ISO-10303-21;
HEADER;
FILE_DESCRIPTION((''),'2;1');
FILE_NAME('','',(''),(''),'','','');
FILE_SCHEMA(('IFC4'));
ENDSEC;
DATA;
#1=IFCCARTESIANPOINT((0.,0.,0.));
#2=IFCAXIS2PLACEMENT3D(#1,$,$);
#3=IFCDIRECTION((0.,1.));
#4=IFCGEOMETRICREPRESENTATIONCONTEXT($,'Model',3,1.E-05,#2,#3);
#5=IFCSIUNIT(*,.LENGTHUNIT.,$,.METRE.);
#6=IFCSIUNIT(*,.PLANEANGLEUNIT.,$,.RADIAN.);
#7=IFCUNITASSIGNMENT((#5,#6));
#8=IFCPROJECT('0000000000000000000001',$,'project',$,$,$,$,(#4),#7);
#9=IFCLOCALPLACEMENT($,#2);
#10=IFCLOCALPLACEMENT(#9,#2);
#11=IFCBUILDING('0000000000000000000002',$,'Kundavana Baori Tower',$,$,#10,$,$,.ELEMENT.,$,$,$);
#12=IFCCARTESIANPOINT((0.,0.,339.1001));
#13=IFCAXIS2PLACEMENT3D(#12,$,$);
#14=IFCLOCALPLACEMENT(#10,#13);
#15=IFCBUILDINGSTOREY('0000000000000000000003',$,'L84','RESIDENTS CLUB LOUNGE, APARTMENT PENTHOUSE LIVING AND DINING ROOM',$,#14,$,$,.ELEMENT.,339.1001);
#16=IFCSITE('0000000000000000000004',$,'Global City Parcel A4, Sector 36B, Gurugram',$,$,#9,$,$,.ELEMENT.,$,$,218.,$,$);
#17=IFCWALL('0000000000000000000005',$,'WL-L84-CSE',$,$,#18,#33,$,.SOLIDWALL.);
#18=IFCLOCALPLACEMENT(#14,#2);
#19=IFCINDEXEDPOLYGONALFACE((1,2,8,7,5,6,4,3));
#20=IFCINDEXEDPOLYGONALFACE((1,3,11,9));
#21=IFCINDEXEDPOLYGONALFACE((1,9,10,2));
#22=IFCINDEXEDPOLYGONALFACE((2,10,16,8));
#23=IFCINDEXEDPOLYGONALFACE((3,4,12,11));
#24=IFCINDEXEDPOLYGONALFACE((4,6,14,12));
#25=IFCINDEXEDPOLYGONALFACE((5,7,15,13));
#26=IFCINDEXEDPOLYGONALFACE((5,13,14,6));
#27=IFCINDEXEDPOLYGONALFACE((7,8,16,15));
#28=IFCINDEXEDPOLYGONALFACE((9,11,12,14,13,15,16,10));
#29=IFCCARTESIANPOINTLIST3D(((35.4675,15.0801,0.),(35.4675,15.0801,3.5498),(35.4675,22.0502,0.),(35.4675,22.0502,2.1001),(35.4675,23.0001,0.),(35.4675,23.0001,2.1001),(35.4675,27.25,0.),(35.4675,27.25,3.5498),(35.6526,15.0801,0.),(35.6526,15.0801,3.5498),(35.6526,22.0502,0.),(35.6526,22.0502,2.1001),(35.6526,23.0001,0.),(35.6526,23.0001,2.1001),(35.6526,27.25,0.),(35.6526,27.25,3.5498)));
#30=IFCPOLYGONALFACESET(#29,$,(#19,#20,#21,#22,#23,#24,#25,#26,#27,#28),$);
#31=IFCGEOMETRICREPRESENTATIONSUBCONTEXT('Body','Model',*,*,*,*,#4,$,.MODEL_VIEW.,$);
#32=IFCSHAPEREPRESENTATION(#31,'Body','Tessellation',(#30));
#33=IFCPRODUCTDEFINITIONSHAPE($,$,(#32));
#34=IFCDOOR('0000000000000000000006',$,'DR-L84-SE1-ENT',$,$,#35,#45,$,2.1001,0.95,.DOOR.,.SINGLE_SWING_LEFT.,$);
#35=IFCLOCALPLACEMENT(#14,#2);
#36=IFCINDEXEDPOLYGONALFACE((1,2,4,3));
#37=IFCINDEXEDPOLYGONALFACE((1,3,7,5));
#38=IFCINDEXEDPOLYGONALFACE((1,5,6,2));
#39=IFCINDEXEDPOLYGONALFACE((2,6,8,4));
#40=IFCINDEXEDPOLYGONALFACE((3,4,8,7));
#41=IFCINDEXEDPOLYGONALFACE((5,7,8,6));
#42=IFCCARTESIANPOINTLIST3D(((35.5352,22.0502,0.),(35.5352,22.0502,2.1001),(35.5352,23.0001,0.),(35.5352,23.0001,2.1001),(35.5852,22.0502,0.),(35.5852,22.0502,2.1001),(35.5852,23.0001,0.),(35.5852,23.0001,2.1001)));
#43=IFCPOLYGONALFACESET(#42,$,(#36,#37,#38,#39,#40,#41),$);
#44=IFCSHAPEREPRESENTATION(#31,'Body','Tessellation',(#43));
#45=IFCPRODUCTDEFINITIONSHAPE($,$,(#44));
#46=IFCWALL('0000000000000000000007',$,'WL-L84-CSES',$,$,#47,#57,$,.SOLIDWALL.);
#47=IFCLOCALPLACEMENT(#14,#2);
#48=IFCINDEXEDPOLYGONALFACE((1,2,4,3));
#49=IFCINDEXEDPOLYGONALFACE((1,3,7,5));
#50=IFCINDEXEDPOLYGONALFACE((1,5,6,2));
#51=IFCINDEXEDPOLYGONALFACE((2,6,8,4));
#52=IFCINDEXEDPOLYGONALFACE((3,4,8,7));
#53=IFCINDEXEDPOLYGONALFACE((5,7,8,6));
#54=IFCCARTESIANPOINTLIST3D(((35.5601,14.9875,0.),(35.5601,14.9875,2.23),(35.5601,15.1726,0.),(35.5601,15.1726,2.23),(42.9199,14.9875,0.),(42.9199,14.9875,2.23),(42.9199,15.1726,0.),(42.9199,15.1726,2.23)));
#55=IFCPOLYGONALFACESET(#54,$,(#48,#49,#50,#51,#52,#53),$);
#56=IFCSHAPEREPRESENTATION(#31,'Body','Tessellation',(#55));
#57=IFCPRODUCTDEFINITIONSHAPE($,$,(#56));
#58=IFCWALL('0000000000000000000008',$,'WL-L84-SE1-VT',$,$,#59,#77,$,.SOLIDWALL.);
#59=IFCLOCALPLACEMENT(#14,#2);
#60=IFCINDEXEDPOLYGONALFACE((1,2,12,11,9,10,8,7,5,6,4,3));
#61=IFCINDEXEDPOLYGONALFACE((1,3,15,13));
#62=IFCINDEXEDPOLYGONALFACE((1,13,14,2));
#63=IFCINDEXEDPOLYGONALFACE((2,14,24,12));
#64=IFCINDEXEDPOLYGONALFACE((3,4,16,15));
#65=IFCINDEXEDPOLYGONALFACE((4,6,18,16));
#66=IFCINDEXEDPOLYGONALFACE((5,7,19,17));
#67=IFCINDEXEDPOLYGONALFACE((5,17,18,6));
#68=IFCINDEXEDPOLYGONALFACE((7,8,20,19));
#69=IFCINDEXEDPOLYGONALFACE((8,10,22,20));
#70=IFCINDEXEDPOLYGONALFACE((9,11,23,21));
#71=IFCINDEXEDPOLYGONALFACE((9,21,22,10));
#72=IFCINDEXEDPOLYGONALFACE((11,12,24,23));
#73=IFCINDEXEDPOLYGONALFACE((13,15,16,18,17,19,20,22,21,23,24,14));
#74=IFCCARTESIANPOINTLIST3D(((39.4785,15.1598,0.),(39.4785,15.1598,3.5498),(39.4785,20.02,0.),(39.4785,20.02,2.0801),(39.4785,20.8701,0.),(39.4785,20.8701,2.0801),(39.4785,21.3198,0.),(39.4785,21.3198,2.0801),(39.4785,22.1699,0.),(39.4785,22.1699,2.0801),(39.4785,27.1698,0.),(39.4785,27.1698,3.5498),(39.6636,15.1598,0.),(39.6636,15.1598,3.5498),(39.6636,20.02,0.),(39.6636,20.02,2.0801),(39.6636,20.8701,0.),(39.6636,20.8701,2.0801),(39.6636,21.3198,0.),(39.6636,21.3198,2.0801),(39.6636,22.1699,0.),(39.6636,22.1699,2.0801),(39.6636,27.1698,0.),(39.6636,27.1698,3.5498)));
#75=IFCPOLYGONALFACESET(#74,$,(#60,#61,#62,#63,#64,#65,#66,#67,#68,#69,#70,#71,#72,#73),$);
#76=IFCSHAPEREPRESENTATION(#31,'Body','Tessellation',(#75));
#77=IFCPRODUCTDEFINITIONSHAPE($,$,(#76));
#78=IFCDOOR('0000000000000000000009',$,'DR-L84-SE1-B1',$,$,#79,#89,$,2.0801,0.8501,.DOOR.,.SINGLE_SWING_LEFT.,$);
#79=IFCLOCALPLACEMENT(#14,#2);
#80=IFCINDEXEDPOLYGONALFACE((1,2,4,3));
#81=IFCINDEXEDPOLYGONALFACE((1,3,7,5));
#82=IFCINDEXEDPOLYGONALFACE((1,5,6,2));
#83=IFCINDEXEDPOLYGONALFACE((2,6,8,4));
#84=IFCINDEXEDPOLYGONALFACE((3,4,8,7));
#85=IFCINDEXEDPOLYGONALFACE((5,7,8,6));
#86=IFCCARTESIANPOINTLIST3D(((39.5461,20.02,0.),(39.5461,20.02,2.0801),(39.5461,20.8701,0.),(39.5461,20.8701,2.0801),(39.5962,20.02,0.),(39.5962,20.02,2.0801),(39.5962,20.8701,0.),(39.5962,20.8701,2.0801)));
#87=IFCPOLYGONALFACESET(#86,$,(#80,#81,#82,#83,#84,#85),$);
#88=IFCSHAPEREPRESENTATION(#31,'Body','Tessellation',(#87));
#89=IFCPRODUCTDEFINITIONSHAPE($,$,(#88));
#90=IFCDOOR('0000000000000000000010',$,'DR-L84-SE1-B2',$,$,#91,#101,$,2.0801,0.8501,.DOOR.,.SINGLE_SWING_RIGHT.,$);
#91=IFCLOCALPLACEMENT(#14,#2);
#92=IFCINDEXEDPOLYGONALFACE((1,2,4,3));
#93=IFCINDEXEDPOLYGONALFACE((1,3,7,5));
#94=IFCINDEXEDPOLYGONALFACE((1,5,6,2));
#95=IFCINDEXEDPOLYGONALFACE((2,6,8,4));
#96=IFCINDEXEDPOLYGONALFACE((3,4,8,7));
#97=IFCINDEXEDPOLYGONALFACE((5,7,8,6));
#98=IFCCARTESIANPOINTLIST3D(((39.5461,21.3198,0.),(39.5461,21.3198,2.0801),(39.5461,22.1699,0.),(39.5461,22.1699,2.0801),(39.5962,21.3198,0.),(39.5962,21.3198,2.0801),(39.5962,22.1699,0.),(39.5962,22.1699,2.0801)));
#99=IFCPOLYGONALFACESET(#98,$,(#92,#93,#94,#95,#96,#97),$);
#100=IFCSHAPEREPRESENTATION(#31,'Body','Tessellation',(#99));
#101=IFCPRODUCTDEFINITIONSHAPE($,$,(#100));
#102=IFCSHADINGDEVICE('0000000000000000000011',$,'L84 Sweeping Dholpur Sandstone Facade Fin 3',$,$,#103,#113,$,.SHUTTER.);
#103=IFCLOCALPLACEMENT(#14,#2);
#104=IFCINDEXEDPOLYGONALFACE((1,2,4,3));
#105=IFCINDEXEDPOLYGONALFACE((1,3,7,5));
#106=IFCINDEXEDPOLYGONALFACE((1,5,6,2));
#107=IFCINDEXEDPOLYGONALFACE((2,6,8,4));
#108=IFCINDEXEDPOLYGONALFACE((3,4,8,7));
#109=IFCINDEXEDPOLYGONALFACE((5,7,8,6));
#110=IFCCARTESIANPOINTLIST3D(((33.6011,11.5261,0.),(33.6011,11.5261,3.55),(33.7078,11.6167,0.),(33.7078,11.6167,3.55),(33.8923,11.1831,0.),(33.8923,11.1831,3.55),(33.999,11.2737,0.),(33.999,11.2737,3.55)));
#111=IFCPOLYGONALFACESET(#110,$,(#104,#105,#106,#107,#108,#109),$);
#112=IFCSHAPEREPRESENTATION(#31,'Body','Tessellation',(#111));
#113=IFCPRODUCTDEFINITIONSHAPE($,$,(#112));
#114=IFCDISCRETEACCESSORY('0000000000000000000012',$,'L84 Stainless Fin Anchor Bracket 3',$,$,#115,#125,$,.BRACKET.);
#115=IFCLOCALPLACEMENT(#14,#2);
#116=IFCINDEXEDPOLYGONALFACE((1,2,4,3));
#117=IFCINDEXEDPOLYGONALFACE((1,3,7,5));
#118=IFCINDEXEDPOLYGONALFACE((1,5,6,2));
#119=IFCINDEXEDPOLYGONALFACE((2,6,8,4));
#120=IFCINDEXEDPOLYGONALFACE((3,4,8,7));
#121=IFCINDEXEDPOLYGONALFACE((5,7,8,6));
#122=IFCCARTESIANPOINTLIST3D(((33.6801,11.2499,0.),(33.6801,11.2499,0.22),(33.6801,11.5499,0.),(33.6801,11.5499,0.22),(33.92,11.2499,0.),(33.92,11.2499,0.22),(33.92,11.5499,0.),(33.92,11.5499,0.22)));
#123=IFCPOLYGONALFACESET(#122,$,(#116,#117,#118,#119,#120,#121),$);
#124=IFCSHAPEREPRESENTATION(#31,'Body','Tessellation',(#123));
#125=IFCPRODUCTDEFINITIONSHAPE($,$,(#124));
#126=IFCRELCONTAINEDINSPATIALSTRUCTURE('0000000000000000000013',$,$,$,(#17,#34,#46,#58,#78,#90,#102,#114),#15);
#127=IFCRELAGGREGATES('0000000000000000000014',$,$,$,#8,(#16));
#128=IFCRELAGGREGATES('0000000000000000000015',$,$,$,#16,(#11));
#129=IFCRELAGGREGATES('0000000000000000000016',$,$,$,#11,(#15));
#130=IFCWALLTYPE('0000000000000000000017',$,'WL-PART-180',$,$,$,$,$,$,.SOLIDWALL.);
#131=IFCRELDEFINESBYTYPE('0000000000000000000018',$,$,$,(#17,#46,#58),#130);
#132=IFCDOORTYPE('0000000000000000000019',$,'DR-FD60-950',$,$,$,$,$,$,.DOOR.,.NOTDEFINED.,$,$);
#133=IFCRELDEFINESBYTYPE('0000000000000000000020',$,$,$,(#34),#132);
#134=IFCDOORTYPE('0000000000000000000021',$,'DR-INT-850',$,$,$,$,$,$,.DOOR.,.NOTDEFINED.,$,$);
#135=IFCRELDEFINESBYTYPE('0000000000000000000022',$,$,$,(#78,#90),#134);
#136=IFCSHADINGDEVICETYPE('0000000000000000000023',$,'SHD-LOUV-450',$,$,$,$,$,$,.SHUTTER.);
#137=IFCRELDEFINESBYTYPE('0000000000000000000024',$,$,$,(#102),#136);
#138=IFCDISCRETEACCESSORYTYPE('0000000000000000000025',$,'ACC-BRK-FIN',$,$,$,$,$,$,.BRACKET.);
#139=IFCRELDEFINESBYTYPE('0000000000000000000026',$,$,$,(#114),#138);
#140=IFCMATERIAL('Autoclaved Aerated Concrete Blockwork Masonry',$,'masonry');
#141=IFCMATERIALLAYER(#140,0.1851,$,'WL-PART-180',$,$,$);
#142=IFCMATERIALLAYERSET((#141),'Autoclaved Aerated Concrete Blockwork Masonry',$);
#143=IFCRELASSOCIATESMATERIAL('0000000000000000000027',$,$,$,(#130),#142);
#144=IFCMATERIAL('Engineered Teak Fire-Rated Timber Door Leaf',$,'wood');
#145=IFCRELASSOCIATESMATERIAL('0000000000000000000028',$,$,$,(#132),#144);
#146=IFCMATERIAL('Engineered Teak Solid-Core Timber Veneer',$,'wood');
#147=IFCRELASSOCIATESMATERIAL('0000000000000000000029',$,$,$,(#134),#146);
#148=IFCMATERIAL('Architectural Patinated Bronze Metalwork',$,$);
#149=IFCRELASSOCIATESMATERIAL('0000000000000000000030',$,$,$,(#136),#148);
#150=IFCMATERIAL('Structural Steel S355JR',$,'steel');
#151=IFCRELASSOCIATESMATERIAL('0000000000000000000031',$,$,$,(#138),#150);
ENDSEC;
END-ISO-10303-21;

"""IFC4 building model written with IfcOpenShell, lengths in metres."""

from ifc_helpers import new_model, si_unit, direction, frame, frame_2d, origin, origin_2d, place, context, subcontext, project, spatial, rectangle, extrude, material, layer, layer_set, type_object, element, fill, save


model = new_model("IFC4")

# Units and contexts
model_context = context("Model", 3, precision=1e-05, world=origin(), true_north=direction((0.0, 1.0)))
body_context = subcontext(model_context, "Body", "Model", "MODEL_VIEW")
ifc_project = project(units=[si_unit("LENGTHUNIT", "METRE"), si_unit("PLANEANGLEUNIT", "RADIAN")], contexts=[model_context])

# Site, building, storey
site_placement = place(None, origin())
site = spatial("IfcSite", under=ifc_project, at=site_placement, Name="Global City Parcel A4, Sector 36B, Gurugram", CompositionType="ELEMENT", RefElevation=218.0)
building_placement = place(site_placement, origin())
building = spatial("IfcBuilding", under=site, at=building_placement, Name="Kundavana Baori Tower", CompositionType="ELEMENT")
storey_placement = place(building_placement, frame((0.0, 0.0, 339.1001)))
storey = spatial("IfcBuildingStorey", under=building, at=storey_placement, Name="L84", Description="RESIDENTS CLUB LOUNGE, APARTMENT PENTHOUSE LIVING AND DINING ROOM", CompositionType="ELEMENT", Elevation=339.1001)

# Wall, opening, door
ifc_material_1 = material(Name="Autoclaved Aerated Concrete Blockwork Masonry", Category="masonry")
ifc_layer_1 = layer(ifc_material_1, 0.1851, Name="WL-PART-180")
ifc_layer_set_1 = layer_set([ifc_layer_1], Name="Autoclaved Aerated Concrete Blockwork Masonry")
wall_type_1 = type_object("IfcWallType", Name="WL-PART-180", PredefinedType="SOLIDWALL", material=ifc_layer_set_1)
wall_1_placement = place(storey_placement, frame((35.5601, 15.0801, 0.0), z_axis=(0.0, 0.0, 1.0), x_axis=(0.0, 1.0, 0.0)))
wall_1 = element("IfcWall", 1, at=wall_1_placement, inside=storey, type_object=wall_type_1, Name="WL-L84-CSE", PredefinedType="SOLIDWALL", context=body_context, shape_type="SweptSolid", body=[
    extrude(rectangle(XDim=12.1699, YDim=0.1851, at=frame_2d((6.085, 0.0))), origin(), (0.0, 0.0, 1.0), 3.5498),
])
opening_1_placement = place(wall_1_placement, frame((6.97, 0.0, 0.0)))
opening_1 = element("IfcOpeningElement", 2, at=opening_1_placement, cuts=wall_1, PredefinedType="OPENING", context=body_context, shape_type="SweptSolid", body=[
    extrude(rectangle(XDim=0.95, YDim=2.1001, at=frame_2d((0.4751, 1.05))), frame((0.0, 0.1025, 0.0), z_axis=(0.0, -1.0, 0.0), x_axis=(1.0, 0.0, 0.0)), (0.0, 0.0, 1.0), 0.2051),
])
ifc_material_2 = material(Name="Engineered Teak Fire-Rated Timber Door Leaf", Category="wood")
door_type_1 = type_object("IfcDoorType", Name="DR-FD60-950", OperationType="NOTDEFINED", PredefinedType="DOOR", material=ifc_material_2)
door_1_placement = place(opening_1_placement, origin())
door_1 = element("IfcDoor", 3, at=door_1_placement, inside=storey, type_object=door_type_1, Name="DR-L84-SE1-ENT", OperationType="SINGLE_SWING_LEFT", OverallHeight=2.1001, OverallWidth=0.95, PredefinedType="DOOR", context=body_context, shape_type="SweptSolid", body=[
    extrude(rectangle(XDim=0.95, YDim=2.1001, at=frame_2d((0.4751, 1.05))), frame((0.0, 0.0249, 0.0), z_axis=(0.0, -1.0, 0.0), x_axis=(1.0, 0.0, 0.0)), (0.0, 0.0, 1.0), 0.05),
])
fill(opening_1, door_1)

# Wall
wall_2_placement = place(storey_placement, frame((35.5601, 15.0801, 0.0), z_axis=(0.0, 0.0, 1.0), x_axis=(1.0, 0.0, 0.0)))
element("IfcWall", 4, at=wall_2_placement, inside=storey, type_object=wall_type_1, Name="WL-L84-CSES", PredefinedType="SOLIDWALL", context=body_context, shape_type="SweptSolid", body=[
    extrude(rectangle(XDim=7.3599, YDim=0.1851, at=frame_2d((3.6799, 0.0))), origin(), (0.0, 0.0, 1.0), 2.23),
])

# Wall, openings, doors
wall_3_placement = place(storey_placement, frame((39.571, 15.1599, 0.0), z_axis=(0.0, 0.0, 1.0), x_axis=(0.0, 1.0, 0.0)))
wall_3 = element("IfcWall", 5, at=wall_3_placement, inside=storey, type_object=wall_type_1, Name="WL-L84-SE1-VT", PredefinedType="SOLIDWALL", context=body_context, shape_type="SweptSolid", body=[
    extrude(rectangle(XDim=12.01, YDim=0.1851, at=frame_2d((6.0049, 0.0))), origin(), (0.0, 0.0, 1.0), 3.5498),
])
opening_2_placement = place(wall_3_placement, frame((4.8601, 0.0, 0.0)))
opening_2 = element("IfcOpeningElement", 6, at=opening_2_placement, cuts=wall_3, PredefinedType="OPENING", context=body_context, shape_type="SweptSolid", body=[
    extrude(rectangle(XDim=0.8501, YDim=2.0801, at=frame_2d((0.425, 1.04))), frame((0.0, 0.1025, 0.0), z_axis=(0.0, -1.0, 0.0), x_axis=(1.0, 0.0, 0.0)), (0.0, 0.0, 1.0), 0.2051),
])
opening_3_placement = place(wall_3_placement, frame((6.1599, 0.0, 0.0)))
opening_3 = element("IfcOpeningElement", 7, at=opening_3_placement, cuts=wall_3, PredefinedType="OPENING", context=body_context, shape_type="SweptSolid", body=[
    extrude(rectangle(XDim=0.8501, YDim=2.0801, at=frame_2d((0.425, 1.04))), frame((0.0, 0.1025, 0.0), z_axis=(0.0, -1.0, 0.0), x_axis=(1.0, 0.0, 0.0)), (0.0, 0.0, 1.0), 0.2051),
])
ifc_material_3 = material(Name="Engineered Teak Solid-Core Timber Veneer", Category="wood")
door_type_2 = type_object("IfcDoorType", Name="DR-INT-850", OperationType="NOTDEFINED", PredefinedType="DOOR", material=ifc_material_3)
door_2_placement = place(opening_2_placement, origin())
door_2 = element("IfcDoor", 8, at=door_2_placement, inside=storey, type_object=door_type_2, Name="DR-L84-SE1-B1", OperationType="SINGLE_SWING_LEFT", OverallHeight=2.0801, OverallWidth=0.8501, PredefinedType="DOOR", context=body_context, shape_type="SweptSolid", body=[
    extrude(rectangle(XDim=0.8501, YDim=2.0801, at=frame_2d((0.425, 1.04))), frame((0.0, 0.0249, 0.0), z_axis=(0.0, -1.0, 0.0), x_axis=(1.0, 0.0, 0.0)), (0.0, 0.0, 1.0), 0.05),
])
fill(opening_2, door_2)
door_3_placement = place(opening_3_placement, origin())
door_3 = element("IfcDoor", 9, at=door_3_placement, inside=storey, type_object=door_type_2, Name="DR-L84-SE1-B2", OperationType="SINGLE_SWING_RIGHT", OverallHeight=2.0801, OverallWidth=0.8501, PredefinedType="DOOR", context=body_context, shape_type="SweptSolid", body=[
    extrude(rectangle(XDim=0.8501, YDim=2.0801, at=frame_2d((0.425, 1.04))), frame((0.0, 0.0249, 0.0), z_axis=(0.0, -1.0, 0.0), x_axis=(1.0, 0.0, 0.0)), (0.0, 0.0, 1.0), 0.05),
])
fill(opening_3, door_3)

# Shading device
ifc_material_4 = material(Name="Architectural Patinated Bronze Metalwork")
shading_device_type = type_object("IfcShadingDeviceType", Name="SHD-LOUV-450", PredefinedType="SHUTTER", material=ifc_material_4)
shading_device_placement = place(storey_placement, frame((33.8, 11.3999, 0.0), z_axis=(0.0, 0.0, 1.0), x_axis=(0.76233, 0.647189, 0.0)))
element("IfcShadingDevice", 10, at=shading_device_placement, inside=storey, type_object=shading_device_type, Name="L84 Sweeping Dholpur Sandstone Facade Fin 3", PredefinedType="SHUTTER", context=body_context, shape_type="SweptSolid", body=[
    extrude(rectangle(XDim=0.1399, YDim=0.45, at=origin_2d()), origin(), (0.0, 0.0, 1.0), 3.55),
])

# Discrete accessory
ifc_material_5 = material(Name="Structural Steel S355JR", Category="steel")
discrete_accessory_type = type_object("IfcDiscreteAccessoryType", Name="ACC-BRK-FIN", PredefinedType="BRACKET", material=ifc_material_5)
discrete_accessory_placement = place(storey_placement, frame((33.8, 11.3999, 0.0), z_axis=(0.0, 0.0, 1.0), x_axis=(1.0, 0.0, 0.0)))
element("IfcDiscreteAccessory", 11, at=discrete_accessory_placement, inside=storey, type_object=discrete_accessory_type, Name="L84 Stainless Fin Anchor Bracket 3", PredefinedType="BRACKET", context=body_context, shape_type="SweptSolid", body=[
    extrude(rectangle(XDim=0.24, YDim=0.3, at=origin_2d()), origin(), (0.0, 0.0, 1.0), 0.22),
])

save(model, "model.ifc")
